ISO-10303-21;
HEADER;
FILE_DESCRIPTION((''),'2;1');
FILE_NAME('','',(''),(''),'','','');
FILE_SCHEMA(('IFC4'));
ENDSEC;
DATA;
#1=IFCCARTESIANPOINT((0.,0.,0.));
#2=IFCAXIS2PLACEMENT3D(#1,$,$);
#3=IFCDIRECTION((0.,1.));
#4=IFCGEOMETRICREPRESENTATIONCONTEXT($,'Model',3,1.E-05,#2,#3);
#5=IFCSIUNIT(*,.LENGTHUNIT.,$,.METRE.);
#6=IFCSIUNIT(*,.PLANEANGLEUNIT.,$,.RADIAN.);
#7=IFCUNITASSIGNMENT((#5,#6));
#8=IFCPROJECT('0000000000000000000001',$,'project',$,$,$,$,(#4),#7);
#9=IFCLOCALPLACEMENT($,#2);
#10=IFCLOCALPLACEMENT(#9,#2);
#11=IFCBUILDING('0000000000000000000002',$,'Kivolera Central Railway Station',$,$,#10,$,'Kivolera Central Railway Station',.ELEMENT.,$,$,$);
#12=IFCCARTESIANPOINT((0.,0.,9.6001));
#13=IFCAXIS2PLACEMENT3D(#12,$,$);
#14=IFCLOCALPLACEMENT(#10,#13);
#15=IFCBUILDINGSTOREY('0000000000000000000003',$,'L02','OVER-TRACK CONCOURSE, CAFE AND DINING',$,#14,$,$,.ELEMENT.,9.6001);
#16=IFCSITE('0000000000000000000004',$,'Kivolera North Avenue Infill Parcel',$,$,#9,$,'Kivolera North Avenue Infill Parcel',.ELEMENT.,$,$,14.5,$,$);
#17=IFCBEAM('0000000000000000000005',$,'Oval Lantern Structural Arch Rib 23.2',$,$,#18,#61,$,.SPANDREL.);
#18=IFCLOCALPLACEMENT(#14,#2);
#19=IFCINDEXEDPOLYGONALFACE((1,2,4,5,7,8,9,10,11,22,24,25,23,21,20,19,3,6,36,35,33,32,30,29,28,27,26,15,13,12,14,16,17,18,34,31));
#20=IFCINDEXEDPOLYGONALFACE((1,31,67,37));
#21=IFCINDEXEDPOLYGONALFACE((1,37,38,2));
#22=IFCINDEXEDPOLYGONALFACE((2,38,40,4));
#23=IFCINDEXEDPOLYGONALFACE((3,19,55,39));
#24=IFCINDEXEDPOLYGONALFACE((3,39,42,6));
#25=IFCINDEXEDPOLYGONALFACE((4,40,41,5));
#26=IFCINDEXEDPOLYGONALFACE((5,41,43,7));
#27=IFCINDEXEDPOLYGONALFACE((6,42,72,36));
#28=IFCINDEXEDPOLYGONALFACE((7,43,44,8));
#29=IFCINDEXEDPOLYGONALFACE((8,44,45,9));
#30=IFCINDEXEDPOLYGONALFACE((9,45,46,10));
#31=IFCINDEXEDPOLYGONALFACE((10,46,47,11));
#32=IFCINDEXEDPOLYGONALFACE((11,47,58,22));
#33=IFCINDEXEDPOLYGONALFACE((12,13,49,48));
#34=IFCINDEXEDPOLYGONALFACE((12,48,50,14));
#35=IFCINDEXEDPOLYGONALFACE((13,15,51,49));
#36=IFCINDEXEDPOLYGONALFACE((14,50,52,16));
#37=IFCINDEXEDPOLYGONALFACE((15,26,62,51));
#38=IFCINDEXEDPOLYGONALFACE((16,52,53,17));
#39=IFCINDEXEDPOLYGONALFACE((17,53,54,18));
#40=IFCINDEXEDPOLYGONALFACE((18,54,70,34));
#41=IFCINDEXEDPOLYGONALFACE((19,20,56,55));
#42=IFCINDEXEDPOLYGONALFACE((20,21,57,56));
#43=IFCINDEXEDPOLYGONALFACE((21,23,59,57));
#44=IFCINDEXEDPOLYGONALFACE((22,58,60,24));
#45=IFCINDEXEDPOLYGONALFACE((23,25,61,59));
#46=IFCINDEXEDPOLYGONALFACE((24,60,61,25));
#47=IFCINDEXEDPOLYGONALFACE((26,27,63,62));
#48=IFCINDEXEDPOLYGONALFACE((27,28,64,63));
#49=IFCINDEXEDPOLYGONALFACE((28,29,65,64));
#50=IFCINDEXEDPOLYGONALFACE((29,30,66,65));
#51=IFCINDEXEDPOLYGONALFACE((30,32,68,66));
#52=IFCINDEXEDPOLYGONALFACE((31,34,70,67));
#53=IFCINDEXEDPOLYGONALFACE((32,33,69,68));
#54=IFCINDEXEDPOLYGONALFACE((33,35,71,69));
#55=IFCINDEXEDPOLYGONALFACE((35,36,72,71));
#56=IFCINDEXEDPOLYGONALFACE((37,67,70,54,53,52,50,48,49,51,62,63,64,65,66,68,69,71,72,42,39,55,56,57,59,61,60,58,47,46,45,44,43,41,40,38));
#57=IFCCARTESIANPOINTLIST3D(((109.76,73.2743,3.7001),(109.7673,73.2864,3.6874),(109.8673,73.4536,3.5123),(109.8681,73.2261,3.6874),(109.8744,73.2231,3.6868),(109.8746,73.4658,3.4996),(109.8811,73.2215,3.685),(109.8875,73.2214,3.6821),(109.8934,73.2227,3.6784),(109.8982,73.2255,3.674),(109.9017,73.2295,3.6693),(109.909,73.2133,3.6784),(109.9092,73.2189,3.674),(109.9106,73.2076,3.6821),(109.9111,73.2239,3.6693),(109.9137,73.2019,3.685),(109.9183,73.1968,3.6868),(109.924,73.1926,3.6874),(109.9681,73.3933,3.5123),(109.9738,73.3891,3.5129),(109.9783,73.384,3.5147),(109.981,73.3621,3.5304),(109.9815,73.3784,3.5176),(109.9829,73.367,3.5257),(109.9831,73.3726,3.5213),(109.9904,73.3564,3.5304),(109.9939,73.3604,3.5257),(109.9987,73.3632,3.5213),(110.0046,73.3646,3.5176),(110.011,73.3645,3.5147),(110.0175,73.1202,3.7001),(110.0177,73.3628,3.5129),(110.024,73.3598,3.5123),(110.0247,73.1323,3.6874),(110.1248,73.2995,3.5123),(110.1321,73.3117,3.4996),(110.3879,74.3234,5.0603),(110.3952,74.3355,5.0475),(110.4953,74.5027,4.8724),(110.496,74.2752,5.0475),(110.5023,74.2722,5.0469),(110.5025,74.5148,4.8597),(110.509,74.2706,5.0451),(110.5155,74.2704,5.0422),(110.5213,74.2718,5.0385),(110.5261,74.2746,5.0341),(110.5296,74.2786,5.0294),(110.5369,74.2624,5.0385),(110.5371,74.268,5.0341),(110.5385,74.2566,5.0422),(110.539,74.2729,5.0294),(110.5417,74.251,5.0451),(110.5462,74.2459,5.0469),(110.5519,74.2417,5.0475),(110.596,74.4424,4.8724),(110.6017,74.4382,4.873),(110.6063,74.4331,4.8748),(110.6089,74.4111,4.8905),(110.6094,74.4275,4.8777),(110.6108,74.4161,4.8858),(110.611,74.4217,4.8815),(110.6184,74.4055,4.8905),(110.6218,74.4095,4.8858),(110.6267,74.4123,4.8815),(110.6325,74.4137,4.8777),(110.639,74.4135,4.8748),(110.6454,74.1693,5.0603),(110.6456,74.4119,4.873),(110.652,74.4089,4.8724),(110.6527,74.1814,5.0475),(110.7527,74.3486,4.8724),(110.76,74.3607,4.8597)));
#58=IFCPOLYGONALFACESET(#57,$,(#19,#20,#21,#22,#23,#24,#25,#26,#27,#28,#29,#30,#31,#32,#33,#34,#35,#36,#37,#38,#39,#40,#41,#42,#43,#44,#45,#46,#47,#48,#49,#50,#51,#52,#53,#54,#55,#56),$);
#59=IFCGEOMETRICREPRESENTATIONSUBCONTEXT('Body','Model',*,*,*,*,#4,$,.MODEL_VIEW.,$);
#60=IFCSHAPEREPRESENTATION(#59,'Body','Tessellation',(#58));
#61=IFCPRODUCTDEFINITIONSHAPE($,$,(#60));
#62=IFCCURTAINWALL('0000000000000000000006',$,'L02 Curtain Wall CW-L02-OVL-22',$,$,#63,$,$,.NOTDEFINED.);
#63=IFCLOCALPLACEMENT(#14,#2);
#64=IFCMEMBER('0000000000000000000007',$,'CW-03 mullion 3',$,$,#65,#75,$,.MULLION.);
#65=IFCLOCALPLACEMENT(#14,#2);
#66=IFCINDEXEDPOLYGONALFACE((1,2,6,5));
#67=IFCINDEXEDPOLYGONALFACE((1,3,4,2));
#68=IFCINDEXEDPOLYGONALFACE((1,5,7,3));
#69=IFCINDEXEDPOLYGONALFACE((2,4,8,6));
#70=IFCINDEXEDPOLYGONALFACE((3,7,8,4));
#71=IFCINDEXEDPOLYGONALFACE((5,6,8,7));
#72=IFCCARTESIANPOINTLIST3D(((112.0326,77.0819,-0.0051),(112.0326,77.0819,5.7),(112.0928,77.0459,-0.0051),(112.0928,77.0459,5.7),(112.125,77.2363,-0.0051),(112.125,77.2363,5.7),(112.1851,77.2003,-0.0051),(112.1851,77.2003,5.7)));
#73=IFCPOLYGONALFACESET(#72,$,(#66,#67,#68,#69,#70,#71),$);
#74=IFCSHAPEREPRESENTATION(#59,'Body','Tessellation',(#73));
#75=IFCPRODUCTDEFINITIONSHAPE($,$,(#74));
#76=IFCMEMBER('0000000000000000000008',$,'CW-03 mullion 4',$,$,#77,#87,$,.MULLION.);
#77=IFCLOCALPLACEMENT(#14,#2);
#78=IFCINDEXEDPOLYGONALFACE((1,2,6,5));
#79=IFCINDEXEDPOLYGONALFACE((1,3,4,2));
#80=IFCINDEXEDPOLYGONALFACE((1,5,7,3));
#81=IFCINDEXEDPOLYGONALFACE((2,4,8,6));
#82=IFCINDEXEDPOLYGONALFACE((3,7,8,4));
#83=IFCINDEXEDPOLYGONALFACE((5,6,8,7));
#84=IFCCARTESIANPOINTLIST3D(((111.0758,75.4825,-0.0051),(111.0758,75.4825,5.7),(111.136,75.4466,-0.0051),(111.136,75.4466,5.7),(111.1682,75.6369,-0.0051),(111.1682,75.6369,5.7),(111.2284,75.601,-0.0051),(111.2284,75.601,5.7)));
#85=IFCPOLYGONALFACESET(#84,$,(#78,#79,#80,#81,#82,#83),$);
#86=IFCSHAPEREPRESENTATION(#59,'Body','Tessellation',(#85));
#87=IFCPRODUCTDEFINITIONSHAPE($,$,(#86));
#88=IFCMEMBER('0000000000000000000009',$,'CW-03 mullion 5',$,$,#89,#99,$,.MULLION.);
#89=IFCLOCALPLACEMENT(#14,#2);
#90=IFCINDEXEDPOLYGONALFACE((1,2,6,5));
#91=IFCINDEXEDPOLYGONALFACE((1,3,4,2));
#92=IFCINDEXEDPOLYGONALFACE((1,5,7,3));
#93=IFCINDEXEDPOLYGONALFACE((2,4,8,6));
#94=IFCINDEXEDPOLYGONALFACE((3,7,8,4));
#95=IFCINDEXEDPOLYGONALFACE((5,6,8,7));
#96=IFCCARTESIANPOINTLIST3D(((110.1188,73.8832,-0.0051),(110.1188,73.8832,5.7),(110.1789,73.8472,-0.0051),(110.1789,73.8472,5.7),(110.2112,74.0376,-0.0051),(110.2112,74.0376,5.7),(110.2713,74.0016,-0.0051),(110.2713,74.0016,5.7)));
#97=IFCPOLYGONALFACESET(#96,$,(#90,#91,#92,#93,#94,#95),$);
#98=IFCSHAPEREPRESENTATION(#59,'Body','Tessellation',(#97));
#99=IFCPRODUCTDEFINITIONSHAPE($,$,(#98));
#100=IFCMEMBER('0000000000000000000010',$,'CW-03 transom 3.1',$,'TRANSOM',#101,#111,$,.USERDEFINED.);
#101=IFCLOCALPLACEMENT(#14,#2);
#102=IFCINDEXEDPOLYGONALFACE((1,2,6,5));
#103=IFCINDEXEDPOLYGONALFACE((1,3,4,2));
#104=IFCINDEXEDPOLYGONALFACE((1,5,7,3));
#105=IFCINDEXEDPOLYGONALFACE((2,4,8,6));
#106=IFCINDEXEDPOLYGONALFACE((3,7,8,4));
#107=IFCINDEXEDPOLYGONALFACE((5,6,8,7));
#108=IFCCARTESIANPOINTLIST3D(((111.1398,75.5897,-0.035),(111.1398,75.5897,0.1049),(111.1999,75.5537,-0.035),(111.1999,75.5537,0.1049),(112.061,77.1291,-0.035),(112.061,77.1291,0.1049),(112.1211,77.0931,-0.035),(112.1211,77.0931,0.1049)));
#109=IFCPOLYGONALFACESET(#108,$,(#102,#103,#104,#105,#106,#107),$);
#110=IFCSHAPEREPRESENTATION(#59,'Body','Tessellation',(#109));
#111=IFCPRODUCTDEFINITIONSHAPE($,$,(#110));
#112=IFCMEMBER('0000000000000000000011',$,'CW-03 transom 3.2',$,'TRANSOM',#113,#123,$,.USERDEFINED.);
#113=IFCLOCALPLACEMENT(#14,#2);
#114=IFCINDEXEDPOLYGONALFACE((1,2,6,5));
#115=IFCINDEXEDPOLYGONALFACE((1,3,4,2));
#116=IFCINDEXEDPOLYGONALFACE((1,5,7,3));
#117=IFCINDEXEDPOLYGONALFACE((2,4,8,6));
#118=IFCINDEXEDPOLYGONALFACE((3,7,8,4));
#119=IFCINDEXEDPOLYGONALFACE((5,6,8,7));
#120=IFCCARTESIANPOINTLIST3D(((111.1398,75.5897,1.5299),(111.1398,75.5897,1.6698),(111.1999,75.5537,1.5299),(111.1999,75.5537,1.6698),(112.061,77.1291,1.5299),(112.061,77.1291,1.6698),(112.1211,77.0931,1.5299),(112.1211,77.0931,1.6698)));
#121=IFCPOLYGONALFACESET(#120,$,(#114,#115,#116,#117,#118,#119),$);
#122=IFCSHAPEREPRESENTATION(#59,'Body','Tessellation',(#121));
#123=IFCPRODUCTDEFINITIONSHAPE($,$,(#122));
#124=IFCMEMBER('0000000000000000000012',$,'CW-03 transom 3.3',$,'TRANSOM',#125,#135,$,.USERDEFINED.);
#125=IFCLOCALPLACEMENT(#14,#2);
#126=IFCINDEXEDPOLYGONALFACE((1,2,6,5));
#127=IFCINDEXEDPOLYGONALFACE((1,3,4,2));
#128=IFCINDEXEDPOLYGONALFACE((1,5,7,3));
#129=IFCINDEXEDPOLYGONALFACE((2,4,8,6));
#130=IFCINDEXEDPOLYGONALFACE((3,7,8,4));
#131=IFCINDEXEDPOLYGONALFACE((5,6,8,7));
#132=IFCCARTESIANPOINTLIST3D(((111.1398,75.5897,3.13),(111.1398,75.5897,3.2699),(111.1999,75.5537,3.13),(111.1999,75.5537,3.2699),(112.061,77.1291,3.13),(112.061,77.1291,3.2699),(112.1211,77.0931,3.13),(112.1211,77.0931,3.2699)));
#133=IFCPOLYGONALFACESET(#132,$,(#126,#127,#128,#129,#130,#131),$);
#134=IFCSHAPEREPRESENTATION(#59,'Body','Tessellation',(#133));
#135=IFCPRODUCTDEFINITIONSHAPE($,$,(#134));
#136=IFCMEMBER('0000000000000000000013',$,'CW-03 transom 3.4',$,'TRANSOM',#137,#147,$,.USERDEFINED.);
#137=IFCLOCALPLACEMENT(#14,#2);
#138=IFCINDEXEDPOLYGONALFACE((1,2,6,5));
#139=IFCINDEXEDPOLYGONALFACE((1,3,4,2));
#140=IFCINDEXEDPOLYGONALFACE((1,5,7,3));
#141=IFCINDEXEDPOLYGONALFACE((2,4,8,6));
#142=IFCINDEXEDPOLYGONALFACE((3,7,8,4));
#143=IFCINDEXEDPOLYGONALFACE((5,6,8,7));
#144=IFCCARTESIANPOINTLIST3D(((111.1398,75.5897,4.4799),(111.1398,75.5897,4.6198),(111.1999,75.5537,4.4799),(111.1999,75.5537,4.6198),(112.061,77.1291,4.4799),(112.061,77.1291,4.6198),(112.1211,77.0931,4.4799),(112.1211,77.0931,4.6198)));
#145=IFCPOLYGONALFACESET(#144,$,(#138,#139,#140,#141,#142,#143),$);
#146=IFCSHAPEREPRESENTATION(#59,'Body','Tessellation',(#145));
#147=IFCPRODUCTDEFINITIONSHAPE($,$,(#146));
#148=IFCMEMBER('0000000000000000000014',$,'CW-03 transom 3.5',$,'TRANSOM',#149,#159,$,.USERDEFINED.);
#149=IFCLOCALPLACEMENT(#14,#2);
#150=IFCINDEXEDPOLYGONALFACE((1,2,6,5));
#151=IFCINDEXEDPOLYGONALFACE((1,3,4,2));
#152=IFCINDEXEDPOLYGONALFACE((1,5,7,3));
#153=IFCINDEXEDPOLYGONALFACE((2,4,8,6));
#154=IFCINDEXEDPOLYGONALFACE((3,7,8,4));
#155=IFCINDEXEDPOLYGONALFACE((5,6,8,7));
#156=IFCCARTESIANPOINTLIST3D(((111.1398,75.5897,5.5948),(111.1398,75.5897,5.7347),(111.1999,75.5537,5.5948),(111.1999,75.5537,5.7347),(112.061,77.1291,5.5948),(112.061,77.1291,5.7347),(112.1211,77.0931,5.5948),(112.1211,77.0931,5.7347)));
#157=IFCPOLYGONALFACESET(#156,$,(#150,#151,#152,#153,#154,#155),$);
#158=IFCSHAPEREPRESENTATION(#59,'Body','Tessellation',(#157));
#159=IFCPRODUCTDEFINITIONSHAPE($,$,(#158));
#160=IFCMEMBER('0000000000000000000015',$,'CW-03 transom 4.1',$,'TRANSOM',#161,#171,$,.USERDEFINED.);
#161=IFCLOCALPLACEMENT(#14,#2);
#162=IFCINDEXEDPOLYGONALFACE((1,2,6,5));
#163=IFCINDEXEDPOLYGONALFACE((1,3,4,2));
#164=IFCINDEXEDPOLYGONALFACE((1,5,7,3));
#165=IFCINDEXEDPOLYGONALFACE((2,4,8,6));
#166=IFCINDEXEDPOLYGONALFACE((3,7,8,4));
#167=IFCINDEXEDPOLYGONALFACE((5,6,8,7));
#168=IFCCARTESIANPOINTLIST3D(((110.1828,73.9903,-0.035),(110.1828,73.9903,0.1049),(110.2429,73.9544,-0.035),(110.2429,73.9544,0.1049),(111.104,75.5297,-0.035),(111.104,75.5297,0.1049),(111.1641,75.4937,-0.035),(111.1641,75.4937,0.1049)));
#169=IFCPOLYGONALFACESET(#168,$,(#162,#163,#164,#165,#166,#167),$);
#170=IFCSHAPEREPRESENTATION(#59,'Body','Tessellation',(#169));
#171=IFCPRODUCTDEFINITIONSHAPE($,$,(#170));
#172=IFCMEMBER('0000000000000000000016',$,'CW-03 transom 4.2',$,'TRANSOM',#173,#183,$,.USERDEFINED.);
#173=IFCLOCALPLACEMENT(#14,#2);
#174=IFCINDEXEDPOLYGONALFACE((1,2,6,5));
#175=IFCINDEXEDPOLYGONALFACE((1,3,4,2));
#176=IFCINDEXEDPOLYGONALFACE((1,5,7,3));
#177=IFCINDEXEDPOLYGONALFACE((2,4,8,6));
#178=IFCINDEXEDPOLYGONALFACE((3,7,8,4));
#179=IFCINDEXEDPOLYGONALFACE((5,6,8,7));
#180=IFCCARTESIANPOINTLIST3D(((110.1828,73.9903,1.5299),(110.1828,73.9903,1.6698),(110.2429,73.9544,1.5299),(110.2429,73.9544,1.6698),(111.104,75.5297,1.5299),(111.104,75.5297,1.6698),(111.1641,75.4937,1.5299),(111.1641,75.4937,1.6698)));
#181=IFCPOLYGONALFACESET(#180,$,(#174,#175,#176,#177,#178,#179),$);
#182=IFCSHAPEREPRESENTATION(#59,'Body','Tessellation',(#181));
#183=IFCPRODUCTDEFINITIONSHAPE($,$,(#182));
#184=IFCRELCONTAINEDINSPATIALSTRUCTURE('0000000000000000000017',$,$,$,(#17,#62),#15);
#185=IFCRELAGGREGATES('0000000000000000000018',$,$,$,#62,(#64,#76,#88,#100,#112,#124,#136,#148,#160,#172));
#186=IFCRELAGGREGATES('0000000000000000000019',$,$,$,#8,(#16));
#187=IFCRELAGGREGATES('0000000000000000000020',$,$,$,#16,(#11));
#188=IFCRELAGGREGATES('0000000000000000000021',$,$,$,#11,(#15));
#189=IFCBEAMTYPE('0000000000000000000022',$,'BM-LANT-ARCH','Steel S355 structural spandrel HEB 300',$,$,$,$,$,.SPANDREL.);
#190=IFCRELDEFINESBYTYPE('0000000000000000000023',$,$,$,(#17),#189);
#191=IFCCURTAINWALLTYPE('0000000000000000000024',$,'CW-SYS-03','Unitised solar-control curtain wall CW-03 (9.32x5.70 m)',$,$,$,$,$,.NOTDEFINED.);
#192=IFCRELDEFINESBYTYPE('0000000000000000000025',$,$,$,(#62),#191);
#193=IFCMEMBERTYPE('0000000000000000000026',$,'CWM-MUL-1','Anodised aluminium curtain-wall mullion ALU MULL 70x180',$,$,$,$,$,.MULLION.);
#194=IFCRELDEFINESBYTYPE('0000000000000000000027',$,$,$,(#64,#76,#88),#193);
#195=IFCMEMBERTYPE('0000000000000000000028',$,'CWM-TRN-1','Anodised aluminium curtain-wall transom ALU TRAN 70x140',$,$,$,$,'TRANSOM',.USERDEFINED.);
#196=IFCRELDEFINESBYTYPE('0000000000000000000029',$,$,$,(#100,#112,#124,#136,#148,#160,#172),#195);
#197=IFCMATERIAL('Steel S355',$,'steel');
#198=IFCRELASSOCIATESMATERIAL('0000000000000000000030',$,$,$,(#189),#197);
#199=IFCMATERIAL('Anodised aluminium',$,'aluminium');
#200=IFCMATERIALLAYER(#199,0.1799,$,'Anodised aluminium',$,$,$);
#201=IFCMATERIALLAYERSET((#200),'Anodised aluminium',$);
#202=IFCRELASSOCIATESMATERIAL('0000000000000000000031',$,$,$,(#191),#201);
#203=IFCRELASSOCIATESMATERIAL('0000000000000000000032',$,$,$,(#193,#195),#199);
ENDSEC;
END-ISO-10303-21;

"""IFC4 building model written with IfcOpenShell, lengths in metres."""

from ifc_helpers import new_model, si_unit, direction, frame, origin, origin_2d, place, context, subcontext, project, spatial, rectangle, i_section, extrude, material, layer, layer_set, material_profile, profile_set, type_object, element, aggregate, save


model = new_model("IFC4")

# Units and contexts
model_context = context("Model", 3, precision=1e-05, world=origin(), true_north=direction((0.0, 1.0)))
body_context = subcontext(model_context, "Body", "Model", "MODEL_VIEW")
ifc_project = project(units=[si_unit("LENGTHUNIT", "METRE"), si_unit("PLANEANGLEUNIT", "RADIAN")], contexts=[model_context])

# Site, building, storey
site_placement = place(None, origin())
site = spatial("IfcSite", under=ifc_project, at=site_placement, Name="Kivolera North Avenue Infill Parcel", LongName="Kivolera North Avenue Infill Parcel", CompositionType="ELEMENT", RefElevation=14.5)
building_placement = place(site_placement, origin())
building = spatial("IfcBuilding", under=site, at=building_placement, Name="Kivolera Central Railway Station", LongName="Kivolera Central Railway Station", CompositionType="ELEMENT")
storey_placement = place(building_placement, frame((0.0, 0.0, 9.6001)))
storey = spatial("IfcBuildingStorey", under=building, at=storey_placement, Name="L02", Description="OVER-TRACK CONCOURSE, CAFE AND DINING", CompositionType="ELEMENT", Elevation=9.6001)

# Beam
ifc_material_1 = material(Name="Steel S355", Category="steel")
ifc_material_profile_1 = material_profile(ifc_material_1, i_section(OverallWidth=0.3, OverallDepth=0.3, WebThickness=0.011, FlangeThickness=0.019, FilletRadius=0.0271, at=origin_2d()), Name="HEB 300")
ifc_profile_set_1 = profile_set([ifc_material_profile_1], Name="Steel S355")
beam_type = type_object("IfcBeamType", Name="BM-LANT-ARCH", Description="Steel S355 structural spandrel HEB 300", PredefinedType="SPANDREL", material=ifc_profile_set_1)
beam_placement = place(storey_placement, frame((109.946, 73.293, 3.5999), z_axis=(0.343344, 0.57362, 0.74369), x_axis=(-0.858039, 0.513585, 0.0)))
element("IfcBeam", 1, at=beam_placement, inside=storey, type_object=beam_type, Name="Oval Lantern Structural Arch Rib 23.2", PredefinedType="SPANDREL", context=body_context, shape_type="SweptSolid", body=[
    extrude(i_section(OverallWidth=0.3, OverallDepth=0.3, WebThickness=0.011, FlangeThickness=0.019, FilletRadius=0.0271, at=origin_2d()), origin(), (0.0, 0.0, 1.0), 1.8289),
])

# Curtain wall, members
ifc_material_2 = material(Name="Anodised aluminium", Category="aluminium")
ifc_layer_1 = layer(ifc_material_2, 0.1799, Name="Anodised aluminium")
ifc_layer_set_1 = layer_set([ifc_layer_1], Name="Anodised aluminium")
curtain_wall_type = type_object("IfcCurtainWallType", Name="CW-SYS-03", Description="Unitised solar-control curtain wall CW-03 (9.32x5.70 m)", PredefinedType="NOTDEFINED", material=ifc_layer_set_1)
curtain_wall_placement = place(storey_placement, origin())
curtain_wall = element("IfcCurtainWall", 2, at=curtain_wall_placement, inside=storey, type_object=curtain_wall_type, Name="L02 Curtain Wall CW-L02-OVL-22", PredefinedType="NOTDEFINED")
ifc_material_profile_2 = material_profile(ifc_material_2, rectangle(XDim=0.0701, YDim=0.1799, at=origin_2d()), Name="ALU MULL 70x180")
ifc_profile_set_2 = profile_set([ifc_material_profile_2], Name="Anodised aluminium")
member_type_1 = type_object("IfcMemberType", Name="CWM-MUL-1", Description="Anodised aluminium curtain-wall mullion ALU MULL 70x180", PredefinedType="MULLION", material=ifc_profile_set_2)
member_1_placement = place(storey_placement, frame((112.1089, 77.1411, -0.0051), z_axis=(0.0, 0.0, 1.0), x_axis=(0.858117, -0.513454, 0.0)))
member_1 = element("IfcMember", 3, at=member_1_placement, type_object=member_type_1, Name="CW-03 mullion 3", PredefinedType="MULLION", context=body_context, shape_type="SweptSolid", body=[
    extrude(rectangle(XDim=0.0701, YDim=0.1799, at=origin_2d()), origin(), (0.0, 0.0, 1.0), 5.7051),
])
member_2_placement = place(storey_placement, frame((111.1521, 75.5417, -0.0051), z_axis=(0.0, 0.0, 1.0), x_axis=(0.858117, -0.513454, 0.0)))
member_2 = element("IfcMember", 4, at=member_2_placement, type_object=member_type_1, Name="CW-03 mullion 4", PredefinedType="MULLION", context=body_context, shape_type="SweptSolid", body=[
    extrude(rectangle(XDim=0.0701, YDim=0.1799, at=origin_2d()), origin(), (0.0, 0.0, 1.0), 5.7051),
])
member_3_placement = place(storey_placement, frame((110.1951, 73.9424, -0.0051), z_axis=(0.0, 0.0, 1.0), x_axis=(0.858117, -0.513454, 0.0)))
member_3 = element("IfcMember", 5, at=member_3_placement, type_object=member_type_1, Name="CW-03 mullion 5", PredefinedType="MULLION", context=body_context, shape_type="SweptSolid", body=[
    extrude(rectangle(XDim=0.0701, YDim=0.1799, at=origin_2d()), origin(), (0.0, 0.0, 1.0), 5.7051),
])
ifc_material_profile_3 = material_profile(ifc_material_2, rectangle(XDim=0.0701, YDim=0.1399, at=origin_2d()), Name="ALU TRAN 70x140")
ifc_profile_set_3 = profile_set([ifc_material_profile_3], Name="Anodised aluminium")
member_type_2 = type_object("IfcMemberType", Name="CWM-TRN-1", Description="Anodised aluminium curtain-wall transom ALU TRAN 70x140", ElementType="TRANSOM", PredefinedType="USERDEFINED", material=ifc_profile_set_3)
member_4_placement = place(storey_placement, frame((112.0911, 77.1111, 0.0349), z_axis=(-0.513495, -0.858093, 0.0), x_axis=(0.858093, -0.513495, 0.0)))
member_4 = element("IfcMember", 6, at=member_4_placement, type_object=member_type_2, Name="CW-03 transom 3.1", ObjectType="TRANSOM", PredefinedType="USERDEFINED", context=body_context, shape_type="SweptSolid", body=[
    extrude(rectangle(XDim=0.0701, YDim=0.1399, at=origin_2d()), origin(), (0.0, 0.0, 1.0), 1.7939),
])
member_5_placement = place(storey_placement, frame((112.0911, 77.1111, 1.5999), z_axis=(-0.513495, -0.858093, 0.0), x_axis=(0.858093, -0.513495, 0.0)))
member_5 = element("IfcMember", 7, at=member_5_placement, type_object=member_type_2, Name="CW-03 transom 3.2", ObjectType="TRANSOM", PredefinedType="USERDEFINED", context=body_context, shape_type="SweptSolid", body=[
    extrude(rectangle(XDim=0.0701, YDim=0.1399, at=origin_2d()), origin(), (0.0, 0.0, 1.0), 1.7939),
])
member_6_placement = place(storey_placement, frame((112.0911, 77.1111, 3.2), z_axis=(-0.513495, -0.858093, 0.0), x_axis=(0.858093, -0.513495, 0.0)))
member_6 = element("IfcMember", 8, at=member_6_placement, type_object=member_type_2, Name="CW-03 transom 3.3", ObjectType="TRANSOM", PredefinedType="USERDEFINED", context=body_context, shape_type="SweptSolid", body=[
    extrude(rectangle(XDim=0.0701, YDim=0.1399, at=origin_2d()), origin(), (0.0, 0.0, 1.0), 1.7939),
])
member_7_placement = place(storey_placement, frame((112.0911, 77.1111, 4.5498), z_axis=(-0.513495, -0.858093, 0.0), x_axis=(0.858093, -0.513495, 0.0)))
member_7 = element("IfcMember", 9, at=member_7_placement, type_object=member_type_2, Name="CW-03 transom 3.4", ObjectType="TRANSOM", PredefinedType="USERDEFINED", context=body_context, shape_type="SweptSolid", body=[
    extrude(rectangle(XDim=0.0701, YDim=0.1399, at=origin_2d()), origin(), (0.0, 0.0, 1.0), 1.7939),
])
member_8_placement = place(storey_placement, frame((112.0911, 77.1111, 5.6648), z_axis=(-0.513495, -0.858093, 0.0), x_axis=(0.858093, -0.513495, 0.0)))
member_8 = element("IfcMember", 10, at=member_8_placement, type_object=member_type_2, Name="CW-03 transom 3.5", ObjectType="TRANSOM", PredefinedType="USERDEFINED", context=body_context, shape_type="SweptSolid", body=[
    extrude(rectangle(XDim=0.0701, YDim=0.1399, at=origin_2d()), origin(), (0.0, 0.0, 1.0), 1.7939),
])
member_9_placement = place(storey_placement, frame((111.134, 75.5117, 0.0349), z_axis=(-0.513495, -0.858093, 0.0), x_axis=(0.858093, -0.513495, 0.0)))
member_9 = element("IfcMember", 11, at=member_9_placement, type_object=member_type_2, Name="CW-03 transom 4.1", ObjectType="TRANSOM", PredefinedType="USERDEFINED", context=body_context, shape_type="SweptSolid", body=[
    extrude(rectangle(XDim=0.0701, YDim=0.1399, at=origin_2d()), origin(), (0.0, 0.0, 1.0), 1.7939),
])
member_10_placement = place(storey_placement, frame((111.134, 75.5117, 1.5999), z_axis=(-0.513495, -0.858093, 0.0), x_axis=(0.858093, -0.513495, 0.0)))
member_10 = element("IfcMember", 12, at=member_10_placement, type_object=member_type_2, Name="CW-03 transom 4.2", ObjectType="TRANSOM", PredefinedType="USERDEFINED", context=body_context, shape_type="SweptSolid", body=[
    extrude(rectangle(XDim=0.0701, YDim=0.1399, at=origin_2d()), origin(), (0.0, 0.0, 1.0), 1.7939),
])
aggregate(curtain_wall, [member_1, member_2, member_3, member_4, member_5, member_6, member_7, member_8, member_9, member_10])

save(model, "model.ifc")
